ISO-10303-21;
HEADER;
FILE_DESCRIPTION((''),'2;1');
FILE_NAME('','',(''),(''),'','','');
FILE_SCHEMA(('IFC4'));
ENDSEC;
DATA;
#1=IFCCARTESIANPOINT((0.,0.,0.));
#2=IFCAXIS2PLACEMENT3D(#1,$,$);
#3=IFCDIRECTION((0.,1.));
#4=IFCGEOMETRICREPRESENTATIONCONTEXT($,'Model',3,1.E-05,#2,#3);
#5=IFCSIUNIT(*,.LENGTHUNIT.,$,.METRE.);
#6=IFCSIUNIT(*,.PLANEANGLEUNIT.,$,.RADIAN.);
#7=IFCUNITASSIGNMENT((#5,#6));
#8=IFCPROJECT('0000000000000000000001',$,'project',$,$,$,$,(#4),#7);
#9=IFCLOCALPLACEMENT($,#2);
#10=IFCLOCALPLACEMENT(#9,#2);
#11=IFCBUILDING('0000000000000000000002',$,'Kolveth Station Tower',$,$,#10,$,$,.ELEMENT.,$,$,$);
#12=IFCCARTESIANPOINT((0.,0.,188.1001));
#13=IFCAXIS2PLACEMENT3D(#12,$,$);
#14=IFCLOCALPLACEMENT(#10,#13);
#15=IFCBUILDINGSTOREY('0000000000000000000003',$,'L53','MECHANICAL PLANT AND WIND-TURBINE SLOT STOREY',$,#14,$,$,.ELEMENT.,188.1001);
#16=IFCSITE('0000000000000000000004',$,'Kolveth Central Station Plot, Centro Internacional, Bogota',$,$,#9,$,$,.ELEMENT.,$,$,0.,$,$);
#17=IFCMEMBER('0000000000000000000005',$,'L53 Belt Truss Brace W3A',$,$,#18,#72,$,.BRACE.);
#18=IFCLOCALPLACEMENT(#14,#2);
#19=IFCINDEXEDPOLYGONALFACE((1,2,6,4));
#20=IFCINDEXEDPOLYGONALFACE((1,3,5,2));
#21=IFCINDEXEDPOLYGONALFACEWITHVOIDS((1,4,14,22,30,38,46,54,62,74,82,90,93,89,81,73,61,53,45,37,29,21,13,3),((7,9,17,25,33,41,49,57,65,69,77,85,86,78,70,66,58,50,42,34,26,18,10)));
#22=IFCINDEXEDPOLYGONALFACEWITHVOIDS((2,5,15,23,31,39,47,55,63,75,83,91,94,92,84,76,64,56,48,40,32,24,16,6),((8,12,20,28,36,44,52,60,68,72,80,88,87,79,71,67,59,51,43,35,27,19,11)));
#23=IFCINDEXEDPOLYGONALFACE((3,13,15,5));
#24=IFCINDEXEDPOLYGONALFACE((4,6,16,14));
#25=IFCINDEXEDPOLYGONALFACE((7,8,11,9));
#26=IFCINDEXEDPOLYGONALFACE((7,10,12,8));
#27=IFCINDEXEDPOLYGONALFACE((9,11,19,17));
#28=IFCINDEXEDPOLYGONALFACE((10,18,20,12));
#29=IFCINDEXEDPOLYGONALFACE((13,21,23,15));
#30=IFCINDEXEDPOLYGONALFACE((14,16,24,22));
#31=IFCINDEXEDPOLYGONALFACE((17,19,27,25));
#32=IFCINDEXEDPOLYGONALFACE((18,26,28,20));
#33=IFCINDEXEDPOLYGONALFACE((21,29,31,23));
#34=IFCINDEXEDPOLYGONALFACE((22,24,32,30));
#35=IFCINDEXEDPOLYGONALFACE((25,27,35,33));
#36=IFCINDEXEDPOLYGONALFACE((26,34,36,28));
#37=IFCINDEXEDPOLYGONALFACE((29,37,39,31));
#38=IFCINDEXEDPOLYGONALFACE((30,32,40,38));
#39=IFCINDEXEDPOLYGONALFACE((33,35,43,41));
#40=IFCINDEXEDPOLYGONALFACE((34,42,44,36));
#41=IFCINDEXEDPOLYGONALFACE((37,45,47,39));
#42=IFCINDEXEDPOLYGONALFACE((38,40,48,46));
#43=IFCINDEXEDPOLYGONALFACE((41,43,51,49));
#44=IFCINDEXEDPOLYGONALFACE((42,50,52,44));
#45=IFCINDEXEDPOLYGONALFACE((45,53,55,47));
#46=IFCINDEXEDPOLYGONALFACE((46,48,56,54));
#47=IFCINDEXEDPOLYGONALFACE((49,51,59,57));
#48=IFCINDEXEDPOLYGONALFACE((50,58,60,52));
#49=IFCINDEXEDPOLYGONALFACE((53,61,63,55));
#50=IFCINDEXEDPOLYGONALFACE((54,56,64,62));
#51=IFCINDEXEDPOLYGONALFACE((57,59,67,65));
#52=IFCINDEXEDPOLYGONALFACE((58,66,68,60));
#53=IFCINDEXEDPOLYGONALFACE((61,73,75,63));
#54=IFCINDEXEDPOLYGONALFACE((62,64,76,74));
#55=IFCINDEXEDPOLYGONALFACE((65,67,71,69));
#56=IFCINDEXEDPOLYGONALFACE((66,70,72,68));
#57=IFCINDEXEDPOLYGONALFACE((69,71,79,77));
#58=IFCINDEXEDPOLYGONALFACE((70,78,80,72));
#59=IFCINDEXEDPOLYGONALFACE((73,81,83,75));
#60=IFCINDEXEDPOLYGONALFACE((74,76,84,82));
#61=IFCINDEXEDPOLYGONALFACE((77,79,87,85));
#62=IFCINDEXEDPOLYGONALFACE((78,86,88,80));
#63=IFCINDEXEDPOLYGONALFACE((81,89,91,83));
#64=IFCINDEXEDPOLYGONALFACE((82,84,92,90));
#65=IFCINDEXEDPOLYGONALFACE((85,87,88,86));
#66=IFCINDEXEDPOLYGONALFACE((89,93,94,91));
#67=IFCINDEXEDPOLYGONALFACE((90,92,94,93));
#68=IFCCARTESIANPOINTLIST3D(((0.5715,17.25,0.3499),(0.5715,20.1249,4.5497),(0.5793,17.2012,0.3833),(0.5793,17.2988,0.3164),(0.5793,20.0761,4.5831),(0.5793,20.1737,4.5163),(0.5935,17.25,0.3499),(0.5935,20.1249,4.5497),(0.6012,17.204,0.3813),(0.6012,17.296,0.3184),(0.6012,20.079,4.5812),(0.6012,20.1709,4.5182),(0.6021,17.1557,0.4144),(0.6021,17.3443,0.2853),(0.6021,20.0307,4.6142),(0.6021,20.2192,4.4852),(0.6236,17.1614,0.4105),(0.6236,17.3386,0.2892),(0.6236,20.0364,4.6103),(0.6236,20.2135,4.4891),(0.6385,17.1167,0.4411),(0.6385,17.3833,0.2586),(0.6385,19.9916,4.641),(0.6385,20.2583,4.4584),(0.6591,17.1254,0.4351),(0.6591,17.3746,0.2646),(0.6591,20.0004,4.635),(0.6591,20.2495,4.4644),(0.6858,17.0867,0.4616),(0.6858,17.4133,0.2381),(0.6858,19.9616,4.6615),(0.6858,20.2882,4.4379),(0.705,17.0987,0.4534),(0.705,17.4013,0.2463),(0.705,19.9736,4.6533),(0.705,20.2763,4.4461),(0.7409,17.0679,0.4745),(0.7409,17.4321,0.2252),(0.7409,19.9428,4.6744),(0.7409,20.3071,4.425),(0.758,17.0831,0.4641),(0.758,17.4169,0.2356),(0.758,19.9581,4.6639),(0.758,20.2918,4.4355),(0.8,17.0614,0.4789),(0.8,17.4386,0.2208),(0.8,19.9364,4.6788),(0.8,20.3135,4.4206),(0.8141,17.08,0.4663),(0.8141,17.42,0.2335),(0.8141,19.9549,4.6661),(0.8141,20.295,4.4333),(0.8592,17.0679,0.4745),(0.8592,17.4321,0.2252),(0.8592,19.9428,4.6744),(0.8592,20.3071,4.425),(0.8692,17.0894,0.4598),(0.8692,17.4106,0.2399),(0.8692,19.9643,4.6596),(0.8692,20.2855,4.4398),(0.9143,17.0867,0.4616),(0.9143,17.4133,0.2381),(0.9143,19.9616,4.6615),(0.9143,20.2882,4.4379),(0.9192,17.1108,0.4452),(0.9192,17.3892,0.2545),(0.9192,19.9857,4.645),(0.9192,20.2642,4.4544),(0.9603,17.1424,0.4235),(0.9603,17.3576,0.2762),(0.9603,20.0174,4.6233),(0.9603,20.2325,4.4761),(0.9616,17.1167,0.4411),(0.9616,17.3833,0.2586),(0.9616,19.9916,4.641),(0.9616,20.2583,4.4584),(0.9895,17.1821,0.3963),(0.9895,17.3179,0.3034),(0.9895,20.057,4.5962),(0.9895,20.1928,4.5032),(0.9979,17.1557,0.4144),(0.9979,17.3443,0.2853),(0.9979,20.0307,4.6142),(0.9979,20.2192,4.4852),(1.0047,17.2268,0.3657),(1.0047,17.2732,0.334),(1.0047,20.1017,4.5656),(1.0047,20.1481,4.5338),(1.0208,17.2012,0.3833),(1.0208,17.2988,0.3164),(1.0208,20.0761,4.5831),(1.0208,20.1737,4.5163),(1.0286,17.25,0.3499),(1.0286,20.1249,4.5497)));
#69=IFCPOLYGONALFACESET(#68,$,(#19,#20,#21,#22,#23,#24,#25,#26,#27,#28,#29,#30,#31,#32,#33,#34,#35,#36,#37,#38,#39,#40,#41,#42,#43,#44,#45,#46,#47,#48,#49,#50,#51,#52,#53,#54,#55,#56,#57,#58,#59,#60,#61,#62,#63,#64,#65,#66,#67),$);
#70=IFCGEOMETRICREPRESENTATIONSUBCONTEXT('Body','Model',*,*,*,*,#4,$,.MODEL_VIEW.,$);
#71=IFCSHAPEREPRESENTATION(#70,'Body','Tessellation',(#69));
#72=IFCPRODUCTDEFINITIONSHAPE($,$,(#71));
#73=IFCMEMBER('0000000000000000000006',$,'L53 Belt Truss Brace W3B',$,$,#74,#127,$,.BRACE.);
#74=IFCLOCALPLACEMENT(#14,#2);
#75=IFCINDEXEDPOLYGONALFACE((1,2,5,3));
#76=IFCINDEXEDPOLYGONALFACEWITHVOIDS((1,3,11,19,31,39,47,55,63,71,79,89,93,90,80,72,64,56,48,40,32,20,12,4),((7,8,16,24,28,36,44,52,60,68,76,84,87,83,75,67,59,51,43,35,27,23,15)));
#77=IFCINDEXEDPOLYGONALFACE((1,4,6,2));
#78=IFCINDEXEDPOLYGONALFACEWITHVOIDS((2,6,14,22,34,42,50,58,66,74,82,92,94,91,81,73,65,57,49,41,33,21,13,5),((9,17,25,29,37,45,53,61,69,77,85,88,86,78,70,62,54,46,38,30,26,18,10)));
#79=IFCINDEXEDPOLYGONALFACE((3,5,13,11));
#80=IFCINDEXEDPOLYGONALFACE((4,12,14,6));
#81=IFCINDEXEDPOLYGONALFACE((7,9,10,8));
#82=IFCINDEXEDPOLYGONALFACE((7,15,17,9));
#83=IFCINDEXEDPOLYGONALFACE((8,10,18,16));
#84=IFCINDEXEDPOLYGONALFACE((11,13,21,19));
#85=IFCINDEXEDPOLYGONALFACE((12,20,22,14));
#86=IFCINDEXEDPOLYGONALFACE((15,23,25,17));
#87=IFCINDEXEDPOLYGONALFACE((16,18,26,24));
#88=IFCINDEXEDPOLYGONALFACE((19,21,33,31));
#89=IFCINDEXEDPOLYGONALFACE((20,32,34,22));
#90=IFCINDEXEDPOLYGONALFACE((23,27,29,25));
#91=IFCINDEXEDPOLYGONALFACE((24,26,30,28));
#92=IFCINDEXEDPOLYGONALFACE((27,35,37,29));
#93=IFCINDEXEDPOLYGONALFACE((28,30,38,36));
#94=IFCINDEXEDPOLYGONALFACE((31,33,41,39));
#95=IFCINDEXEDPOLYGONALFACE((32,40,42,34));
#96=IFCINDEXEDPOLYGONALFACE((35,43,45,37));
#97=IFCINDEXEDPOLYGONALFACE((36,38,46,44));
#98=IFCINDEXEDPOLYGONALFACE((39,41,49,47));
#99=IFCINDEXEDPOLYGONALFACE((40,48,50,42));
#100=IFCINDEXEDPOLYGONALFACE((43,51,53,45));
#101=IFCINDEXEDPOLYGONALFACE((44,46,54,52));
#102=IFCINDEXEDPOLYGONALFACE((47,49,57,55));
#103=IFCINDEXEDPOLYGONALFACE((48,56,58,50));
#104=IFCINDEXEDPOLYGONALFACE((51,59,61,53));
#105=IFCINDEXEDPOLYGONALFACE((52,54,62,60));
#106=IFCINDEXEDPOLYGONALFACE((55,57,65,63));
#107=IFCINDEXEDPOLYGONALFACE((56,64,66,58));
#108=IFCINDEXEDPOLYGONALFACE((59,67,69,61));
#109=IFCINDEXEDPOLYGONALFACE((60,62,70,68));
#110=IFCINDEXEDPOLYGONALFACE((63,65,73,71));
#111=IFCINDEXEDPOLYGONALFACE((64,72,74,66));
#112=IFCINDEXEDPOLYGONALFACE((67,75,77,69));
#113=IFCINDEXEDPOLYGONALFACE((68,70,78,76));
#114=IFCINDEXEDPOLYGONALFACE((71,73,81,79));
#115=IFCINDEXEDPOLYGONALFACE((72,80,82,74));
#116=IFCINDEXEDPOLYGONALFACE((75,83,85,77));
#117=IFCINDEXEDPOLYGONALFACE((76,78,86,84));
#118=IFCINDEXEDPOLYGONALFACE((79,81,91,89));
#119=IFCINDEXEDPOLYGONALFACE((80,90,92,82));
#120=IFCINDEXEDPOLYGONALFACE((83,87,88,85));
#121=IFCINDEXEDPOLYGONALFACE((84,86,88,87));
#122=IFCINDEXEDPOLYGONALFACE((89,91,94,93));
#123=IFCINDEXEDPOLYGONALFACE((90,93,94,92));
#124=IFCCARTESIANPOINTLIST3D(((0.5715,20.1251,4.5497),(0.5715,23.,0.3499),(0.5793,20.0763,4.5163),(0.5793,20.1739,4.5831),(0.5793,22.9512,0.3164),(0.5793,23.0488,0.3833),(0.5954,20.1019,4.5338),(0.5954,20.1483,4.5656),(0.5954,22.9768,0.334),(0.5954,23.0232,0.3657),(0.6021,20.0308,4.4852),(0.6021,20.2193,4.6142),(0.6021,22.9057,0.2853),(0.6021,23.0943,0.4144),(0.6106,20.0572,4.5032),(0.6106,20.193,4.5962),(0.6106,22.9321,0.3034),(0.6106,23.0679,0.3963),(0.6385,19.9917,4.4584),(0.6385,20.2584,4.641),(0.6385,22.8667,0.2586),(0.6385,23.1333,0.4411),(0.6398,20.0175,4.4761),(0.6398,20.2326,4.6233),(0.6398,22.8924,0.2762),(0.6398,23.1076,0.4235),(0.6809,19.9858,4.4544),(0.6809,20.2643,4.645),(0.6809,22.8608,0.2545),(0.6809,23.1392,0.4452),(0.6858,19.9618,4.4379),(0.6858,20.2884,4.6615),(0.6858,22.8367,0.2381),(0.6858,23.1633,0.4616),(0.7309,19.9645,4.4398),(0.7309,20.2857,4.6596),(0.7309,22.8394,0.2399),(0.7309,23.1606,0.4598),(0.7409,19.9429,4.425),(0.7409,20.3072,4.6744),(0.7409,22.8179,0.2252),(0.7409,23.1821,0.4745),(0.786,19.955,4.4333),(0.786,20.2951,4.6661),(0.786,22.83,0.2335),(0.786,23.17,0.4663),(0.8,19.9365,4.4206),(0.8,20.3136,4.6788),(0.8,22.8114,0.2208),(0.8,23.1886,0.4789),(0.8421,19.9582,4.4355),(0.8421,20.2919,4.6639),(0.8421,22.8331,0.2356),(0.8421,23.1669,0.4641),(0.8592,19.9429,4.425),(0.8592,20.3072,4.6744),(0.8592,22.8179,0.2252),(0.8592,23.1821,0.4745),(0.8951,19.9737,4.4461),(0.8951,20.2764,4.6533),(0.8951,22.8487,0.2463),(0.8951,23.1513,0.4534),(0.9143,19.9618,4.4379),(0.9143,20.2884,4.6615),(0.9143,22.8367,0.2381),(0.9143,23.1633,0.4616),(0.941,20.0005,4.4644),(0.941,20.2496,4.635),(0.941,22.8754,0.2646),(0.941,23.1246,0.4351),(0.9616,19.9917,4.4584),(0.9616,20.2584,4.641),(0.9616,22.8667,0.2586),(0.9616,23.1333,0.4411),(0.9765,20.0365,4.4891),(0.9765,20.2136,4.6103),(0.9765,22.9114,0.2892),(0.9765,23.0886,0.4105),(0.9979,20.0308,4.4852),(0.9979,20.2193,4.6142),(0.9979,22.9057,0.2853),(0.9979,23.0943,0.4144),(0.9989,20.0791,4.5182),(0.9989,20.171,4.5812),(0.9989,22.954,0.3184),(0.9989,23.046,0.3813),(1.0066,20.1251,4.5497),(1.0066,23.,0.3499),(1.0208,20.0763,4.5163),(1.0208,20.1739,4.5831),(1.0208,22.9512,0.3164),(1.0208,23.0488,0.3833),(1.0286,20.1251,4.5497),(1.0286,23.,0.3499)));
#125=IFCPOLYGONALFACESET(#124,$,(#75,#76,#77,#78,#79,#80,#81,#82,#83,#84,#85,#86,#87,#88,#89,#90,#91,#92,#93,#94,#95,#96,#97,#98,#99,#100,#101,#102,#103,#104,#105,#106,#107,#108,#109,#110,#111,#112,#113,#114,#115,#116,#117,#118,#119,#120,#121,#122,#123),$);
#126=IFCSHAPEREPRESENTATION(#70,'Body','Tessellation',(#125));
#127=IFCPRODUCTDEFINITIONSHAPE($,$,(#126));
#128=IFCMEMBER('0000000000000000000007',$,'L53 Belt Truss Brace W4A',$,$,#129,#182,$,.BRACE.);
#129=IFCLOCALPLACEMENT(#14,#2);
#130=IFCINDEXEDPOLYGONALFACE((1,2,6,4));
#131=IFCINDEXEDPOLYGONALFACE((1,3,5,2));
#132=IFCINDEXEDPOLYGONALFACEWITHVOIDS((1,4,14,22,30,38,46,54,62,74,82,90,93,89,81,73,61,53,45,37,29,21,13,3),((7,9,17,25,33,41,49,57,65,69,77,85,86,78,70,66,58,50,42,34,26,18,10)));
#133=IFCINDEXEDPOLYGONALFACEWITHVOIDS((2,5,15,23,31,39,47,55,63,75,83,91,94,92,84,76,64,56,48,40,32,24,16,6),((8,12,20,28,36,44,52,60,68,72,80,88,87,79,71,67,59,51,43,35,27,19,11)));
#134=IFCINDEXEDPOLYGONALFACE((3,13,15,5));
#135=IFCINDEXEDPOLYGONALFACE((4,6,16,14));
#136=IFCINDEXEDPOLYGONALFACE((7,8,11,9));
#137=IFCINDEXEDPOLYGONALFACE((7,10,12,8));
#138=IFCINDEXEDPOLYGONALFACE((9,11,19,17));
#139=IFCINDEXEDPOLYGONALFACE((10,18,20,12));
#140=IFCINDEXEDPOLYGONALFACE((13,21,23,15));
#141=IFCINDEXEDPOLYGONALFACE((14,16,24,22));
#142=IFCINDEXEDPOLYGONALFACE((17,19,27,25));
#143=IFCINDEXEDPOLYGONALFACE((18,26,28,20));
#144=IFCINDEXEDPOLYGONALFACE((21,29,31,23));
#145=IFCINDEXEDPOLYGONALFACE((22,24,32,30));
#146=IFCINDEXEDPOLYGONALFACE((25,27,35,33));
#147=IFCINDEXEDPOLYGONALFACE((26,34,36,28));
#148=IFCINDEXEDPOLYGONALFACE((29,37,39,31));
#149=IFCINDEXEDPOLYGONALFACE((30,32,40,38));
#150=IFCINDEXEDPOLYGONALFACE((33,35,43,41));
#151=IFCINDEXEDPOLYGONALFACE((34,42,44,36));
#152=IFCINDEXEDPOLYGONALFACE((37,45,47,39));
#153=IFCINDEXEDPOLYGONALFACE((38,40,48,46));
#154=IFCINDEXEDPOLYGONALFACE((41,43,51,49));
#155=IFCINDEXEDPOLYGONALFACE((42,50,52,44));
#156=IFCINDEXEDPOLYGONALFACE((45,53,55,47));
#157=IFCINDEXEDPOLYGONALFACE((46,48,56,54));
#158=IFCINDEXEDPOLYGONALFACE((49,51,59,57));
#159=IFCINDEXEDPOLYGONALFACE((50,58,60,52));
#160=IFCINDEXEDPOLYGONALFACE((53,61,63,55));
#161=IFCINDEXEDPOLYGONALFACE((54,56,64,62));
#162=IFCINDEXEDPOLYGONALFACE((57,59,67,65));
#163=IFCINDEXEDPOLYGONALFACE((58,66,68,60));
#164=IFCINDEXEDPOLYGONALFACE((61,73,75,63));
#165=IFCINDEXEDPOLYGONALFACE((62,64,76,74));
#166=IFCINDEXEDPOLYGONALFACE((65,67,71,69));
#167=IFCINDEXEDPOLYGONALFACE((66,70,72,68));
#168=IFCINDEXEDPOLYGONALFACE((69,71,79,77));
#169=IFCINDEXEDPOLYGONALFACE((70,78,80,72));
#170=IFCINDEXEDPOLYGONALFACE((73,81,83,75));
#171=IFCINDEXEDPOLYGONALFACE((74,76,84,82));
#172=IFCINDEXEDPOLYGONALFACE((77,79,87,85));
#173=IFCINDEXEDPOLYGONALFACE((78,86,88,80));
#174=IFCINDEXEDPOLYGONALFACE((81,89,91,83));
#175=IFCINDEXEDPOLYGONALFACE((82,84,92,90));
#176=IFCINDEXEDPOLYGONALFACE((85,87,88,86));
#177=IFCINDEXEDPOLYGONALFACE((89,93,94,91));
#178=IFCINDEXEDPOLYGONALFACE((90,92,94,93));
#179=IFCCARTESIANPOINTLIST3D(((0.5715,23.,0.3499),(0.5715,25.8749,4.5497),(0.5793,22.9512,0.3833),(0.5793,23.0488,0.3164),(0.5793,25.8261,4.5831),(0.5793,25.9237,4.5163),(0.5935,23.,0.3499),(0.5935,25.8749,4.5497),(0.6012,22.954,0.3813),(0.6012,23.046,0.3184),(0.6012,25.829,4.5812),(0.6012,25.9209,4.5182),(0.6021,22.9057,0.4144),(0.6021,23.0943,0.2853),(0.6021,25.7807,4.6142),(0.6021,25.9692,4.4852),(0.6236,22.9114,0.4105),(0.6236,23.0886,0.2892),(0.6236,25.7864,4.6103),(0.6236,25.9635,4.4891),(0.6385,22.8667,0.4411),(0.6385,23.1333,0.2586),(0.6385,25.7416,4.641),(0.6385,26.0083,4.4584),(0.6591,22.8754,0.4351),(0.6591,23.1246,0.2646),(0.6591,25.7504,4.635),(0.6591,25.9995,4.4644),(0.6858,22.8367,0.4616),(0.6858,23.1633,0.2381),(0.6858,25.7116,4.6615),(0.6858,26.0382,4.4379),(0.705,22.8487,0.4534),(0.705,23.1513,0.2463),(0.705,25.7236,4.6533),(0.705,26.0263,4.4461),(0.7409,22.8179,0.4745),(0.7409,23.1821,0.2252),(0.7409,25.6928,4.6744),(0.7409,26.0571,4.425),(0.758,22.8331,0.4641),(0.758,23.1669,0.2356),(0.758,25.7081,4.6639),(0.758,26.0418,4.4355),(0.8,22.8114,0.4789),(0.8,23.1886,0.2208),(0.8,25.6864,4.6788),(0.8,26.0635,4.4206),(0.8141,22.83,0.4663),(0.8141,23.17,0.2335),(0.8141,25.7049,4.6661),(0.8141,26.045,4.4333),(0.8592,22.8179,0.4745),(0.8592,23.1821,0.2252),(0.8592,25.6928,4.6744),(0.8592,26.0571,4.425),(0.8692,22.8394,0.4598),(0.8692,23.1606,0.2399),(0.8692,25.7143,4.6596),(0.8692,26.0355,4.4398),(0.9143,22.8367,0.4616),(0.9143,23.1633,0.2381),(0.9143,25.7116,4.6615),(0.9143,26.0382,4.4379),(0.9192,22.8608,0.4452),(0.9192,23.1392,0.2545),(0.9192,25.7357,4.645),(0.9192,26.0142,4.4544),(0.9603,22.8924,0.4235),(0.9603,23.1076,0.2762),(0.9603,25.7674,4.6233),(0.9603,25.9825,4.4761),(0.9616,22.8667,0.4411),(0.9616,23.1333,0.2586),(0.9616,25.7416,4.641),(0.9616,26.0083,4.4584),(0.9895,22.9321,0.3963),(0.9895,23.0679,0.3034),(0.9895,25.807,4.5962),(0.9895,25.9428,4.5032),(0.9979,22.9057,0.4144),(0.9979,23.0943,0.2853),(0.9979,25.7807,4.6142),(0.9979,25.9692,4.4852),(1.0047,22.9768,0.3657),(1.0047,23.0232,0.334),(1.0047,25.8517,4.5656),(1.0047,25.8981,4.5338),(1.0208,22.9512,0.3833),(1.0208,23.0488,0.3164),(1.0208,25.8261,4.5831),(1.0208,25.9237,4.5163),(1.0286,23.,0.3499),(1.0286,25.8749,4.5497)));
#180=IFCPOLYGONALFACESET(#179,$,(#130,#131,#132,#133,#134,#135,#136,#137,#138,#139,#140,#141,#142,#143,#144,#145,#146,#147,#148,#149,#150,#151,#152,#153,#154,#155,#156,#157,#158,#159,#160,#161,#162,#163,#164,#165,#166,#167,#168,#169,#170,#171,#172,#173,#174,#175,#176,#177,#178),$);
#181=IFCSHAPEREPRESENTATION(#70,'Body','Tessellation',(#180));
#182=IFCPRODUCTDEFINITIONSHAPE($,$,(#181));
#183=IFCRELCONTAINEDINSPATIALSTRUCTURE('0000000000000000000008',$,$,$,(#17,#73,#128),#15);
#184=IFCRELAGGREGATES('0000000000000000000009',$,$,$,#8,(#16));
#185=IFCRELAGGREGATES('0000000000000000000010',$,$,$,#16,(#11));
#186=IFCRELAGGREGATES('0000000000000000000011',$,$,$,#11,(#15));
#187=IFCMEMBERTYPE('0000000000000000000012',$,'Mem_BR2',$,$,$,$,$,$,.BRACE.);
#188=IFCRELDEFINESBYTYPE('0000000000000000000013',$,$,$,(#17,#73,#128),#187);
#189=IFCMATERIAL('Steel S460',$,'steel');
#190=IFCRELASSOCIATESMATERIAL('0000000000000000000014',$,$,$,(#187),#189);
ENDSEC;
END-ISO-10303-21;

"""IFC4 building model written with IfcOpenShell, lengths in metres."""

from ifc_helpers import new_model, si_unit, direction, frame, origin, origin_2d, place, context, subcontext, project, spatial, hollow_circle, extrude, source, transform, mapped, material, material_profile, profile_set, type_object, element, save


model = new_model("IFC4")

# Units and contexts
model_context = context("Model", 3, precision=1e-05, world=origin(), true_north=direction((0.0, 1.0)))
body_context = subcontext(model_context, "Body", "Model", "MODEL_VIEW")
ifc_project = project(units=[si_unit("LENGTHUNIT", "METRE"), si_unit("PLANEANGLEUNIT", "RADIAN")], contexts=[model_context])

# Site, building, storey
site_placement = place(None, origin())
site = spatial("IfcSite", under=ifc_project, at=site_placement, Name="Kolveth Central Station Plot, Centro Internacional, Bogota", CompositionType="ELEMENT", RefElevation=0.0)
building_placement = place(site_placement, origin())
building = spatial("IfcBuilding", under=site, at=building_placement, Name="Kolveth Station Tower", CompositionType="ELEMENT")
storey_placement = place(building_placement, frame((0.0, 0.0, 188.1001)))
storey = spatial("IfcBuildingStorey", under=building, at=storey_placement, Name="L53", Description="MECHANICAL PLANT AND WIND-TURBINE SLOT STOREY", CompositionType="ELEMENT", Elevation=188.1001)

# Members
ifc_material_1 = material(Name="Steel S460", Category="steel")
ifc_material_profile_1 = material_profile(ifc_material_1, hollow_circle(Radius=0.2285, WallThickness=0.022, at=origin_2d()), Name="CHS457x22")
ifc_profile_set_1 = profile_set([ifc_material_profile_1], Name="Steel S460")
member_type_1 = type_object("IfcMemberType", Name="Mem_BR2", PredefinedType="BRACE", material=ifc_profile_set_1)
shared_shape_1 = source(origin(), body_context, "Body", "SweptSolid", [
    extrude(hollow_circle(Radius=0.2285, WallThickness=0.022, at=origin_2d()), origin(), (0.0, 0.0, 1.0), 5.0896),
])
for number, where, z_axis, x_axis, name in (
    (1, (0.8, 17.25, 0.3499), (0.0, 0.564864, 0.825184), (-1.0, 0.0, 0.0), "L53 Belt Truss Brace W3A"),
    (2, (0.8, 23.0, 0.3499), (0.0, -0.564864, 0.825184), (1.0, 0.0, 0.0), "L53 Belt Truss Brace W3B"),
    (3, (0.8, 23.0, 0.3499), (0.0, 0.564864, 0.825184), (-1.0, 0.0, 0.0), "L53 Belt Truss Brace W4A"),
):
    element("IfcMember", number, at=place(storey_placement, frame(where, z_axis=z_axis, x_axis=x_axis)), inside=storey, type_object=member_type_1, Name=name, PredefinedType="BRACE", context=body_context, shape_type="MappedRepresentation", body=[
        mapped(shared_shape_1, transform((0.0, 0.0, 0.0), x_axis=(1.0, 0.0, 0.0), y_axis=(0.0, 1.0, 0.0), z_axis=(0.0, 0.0, 1.0), scale=1.0)),
    ])

save(model, "model.ifc")
